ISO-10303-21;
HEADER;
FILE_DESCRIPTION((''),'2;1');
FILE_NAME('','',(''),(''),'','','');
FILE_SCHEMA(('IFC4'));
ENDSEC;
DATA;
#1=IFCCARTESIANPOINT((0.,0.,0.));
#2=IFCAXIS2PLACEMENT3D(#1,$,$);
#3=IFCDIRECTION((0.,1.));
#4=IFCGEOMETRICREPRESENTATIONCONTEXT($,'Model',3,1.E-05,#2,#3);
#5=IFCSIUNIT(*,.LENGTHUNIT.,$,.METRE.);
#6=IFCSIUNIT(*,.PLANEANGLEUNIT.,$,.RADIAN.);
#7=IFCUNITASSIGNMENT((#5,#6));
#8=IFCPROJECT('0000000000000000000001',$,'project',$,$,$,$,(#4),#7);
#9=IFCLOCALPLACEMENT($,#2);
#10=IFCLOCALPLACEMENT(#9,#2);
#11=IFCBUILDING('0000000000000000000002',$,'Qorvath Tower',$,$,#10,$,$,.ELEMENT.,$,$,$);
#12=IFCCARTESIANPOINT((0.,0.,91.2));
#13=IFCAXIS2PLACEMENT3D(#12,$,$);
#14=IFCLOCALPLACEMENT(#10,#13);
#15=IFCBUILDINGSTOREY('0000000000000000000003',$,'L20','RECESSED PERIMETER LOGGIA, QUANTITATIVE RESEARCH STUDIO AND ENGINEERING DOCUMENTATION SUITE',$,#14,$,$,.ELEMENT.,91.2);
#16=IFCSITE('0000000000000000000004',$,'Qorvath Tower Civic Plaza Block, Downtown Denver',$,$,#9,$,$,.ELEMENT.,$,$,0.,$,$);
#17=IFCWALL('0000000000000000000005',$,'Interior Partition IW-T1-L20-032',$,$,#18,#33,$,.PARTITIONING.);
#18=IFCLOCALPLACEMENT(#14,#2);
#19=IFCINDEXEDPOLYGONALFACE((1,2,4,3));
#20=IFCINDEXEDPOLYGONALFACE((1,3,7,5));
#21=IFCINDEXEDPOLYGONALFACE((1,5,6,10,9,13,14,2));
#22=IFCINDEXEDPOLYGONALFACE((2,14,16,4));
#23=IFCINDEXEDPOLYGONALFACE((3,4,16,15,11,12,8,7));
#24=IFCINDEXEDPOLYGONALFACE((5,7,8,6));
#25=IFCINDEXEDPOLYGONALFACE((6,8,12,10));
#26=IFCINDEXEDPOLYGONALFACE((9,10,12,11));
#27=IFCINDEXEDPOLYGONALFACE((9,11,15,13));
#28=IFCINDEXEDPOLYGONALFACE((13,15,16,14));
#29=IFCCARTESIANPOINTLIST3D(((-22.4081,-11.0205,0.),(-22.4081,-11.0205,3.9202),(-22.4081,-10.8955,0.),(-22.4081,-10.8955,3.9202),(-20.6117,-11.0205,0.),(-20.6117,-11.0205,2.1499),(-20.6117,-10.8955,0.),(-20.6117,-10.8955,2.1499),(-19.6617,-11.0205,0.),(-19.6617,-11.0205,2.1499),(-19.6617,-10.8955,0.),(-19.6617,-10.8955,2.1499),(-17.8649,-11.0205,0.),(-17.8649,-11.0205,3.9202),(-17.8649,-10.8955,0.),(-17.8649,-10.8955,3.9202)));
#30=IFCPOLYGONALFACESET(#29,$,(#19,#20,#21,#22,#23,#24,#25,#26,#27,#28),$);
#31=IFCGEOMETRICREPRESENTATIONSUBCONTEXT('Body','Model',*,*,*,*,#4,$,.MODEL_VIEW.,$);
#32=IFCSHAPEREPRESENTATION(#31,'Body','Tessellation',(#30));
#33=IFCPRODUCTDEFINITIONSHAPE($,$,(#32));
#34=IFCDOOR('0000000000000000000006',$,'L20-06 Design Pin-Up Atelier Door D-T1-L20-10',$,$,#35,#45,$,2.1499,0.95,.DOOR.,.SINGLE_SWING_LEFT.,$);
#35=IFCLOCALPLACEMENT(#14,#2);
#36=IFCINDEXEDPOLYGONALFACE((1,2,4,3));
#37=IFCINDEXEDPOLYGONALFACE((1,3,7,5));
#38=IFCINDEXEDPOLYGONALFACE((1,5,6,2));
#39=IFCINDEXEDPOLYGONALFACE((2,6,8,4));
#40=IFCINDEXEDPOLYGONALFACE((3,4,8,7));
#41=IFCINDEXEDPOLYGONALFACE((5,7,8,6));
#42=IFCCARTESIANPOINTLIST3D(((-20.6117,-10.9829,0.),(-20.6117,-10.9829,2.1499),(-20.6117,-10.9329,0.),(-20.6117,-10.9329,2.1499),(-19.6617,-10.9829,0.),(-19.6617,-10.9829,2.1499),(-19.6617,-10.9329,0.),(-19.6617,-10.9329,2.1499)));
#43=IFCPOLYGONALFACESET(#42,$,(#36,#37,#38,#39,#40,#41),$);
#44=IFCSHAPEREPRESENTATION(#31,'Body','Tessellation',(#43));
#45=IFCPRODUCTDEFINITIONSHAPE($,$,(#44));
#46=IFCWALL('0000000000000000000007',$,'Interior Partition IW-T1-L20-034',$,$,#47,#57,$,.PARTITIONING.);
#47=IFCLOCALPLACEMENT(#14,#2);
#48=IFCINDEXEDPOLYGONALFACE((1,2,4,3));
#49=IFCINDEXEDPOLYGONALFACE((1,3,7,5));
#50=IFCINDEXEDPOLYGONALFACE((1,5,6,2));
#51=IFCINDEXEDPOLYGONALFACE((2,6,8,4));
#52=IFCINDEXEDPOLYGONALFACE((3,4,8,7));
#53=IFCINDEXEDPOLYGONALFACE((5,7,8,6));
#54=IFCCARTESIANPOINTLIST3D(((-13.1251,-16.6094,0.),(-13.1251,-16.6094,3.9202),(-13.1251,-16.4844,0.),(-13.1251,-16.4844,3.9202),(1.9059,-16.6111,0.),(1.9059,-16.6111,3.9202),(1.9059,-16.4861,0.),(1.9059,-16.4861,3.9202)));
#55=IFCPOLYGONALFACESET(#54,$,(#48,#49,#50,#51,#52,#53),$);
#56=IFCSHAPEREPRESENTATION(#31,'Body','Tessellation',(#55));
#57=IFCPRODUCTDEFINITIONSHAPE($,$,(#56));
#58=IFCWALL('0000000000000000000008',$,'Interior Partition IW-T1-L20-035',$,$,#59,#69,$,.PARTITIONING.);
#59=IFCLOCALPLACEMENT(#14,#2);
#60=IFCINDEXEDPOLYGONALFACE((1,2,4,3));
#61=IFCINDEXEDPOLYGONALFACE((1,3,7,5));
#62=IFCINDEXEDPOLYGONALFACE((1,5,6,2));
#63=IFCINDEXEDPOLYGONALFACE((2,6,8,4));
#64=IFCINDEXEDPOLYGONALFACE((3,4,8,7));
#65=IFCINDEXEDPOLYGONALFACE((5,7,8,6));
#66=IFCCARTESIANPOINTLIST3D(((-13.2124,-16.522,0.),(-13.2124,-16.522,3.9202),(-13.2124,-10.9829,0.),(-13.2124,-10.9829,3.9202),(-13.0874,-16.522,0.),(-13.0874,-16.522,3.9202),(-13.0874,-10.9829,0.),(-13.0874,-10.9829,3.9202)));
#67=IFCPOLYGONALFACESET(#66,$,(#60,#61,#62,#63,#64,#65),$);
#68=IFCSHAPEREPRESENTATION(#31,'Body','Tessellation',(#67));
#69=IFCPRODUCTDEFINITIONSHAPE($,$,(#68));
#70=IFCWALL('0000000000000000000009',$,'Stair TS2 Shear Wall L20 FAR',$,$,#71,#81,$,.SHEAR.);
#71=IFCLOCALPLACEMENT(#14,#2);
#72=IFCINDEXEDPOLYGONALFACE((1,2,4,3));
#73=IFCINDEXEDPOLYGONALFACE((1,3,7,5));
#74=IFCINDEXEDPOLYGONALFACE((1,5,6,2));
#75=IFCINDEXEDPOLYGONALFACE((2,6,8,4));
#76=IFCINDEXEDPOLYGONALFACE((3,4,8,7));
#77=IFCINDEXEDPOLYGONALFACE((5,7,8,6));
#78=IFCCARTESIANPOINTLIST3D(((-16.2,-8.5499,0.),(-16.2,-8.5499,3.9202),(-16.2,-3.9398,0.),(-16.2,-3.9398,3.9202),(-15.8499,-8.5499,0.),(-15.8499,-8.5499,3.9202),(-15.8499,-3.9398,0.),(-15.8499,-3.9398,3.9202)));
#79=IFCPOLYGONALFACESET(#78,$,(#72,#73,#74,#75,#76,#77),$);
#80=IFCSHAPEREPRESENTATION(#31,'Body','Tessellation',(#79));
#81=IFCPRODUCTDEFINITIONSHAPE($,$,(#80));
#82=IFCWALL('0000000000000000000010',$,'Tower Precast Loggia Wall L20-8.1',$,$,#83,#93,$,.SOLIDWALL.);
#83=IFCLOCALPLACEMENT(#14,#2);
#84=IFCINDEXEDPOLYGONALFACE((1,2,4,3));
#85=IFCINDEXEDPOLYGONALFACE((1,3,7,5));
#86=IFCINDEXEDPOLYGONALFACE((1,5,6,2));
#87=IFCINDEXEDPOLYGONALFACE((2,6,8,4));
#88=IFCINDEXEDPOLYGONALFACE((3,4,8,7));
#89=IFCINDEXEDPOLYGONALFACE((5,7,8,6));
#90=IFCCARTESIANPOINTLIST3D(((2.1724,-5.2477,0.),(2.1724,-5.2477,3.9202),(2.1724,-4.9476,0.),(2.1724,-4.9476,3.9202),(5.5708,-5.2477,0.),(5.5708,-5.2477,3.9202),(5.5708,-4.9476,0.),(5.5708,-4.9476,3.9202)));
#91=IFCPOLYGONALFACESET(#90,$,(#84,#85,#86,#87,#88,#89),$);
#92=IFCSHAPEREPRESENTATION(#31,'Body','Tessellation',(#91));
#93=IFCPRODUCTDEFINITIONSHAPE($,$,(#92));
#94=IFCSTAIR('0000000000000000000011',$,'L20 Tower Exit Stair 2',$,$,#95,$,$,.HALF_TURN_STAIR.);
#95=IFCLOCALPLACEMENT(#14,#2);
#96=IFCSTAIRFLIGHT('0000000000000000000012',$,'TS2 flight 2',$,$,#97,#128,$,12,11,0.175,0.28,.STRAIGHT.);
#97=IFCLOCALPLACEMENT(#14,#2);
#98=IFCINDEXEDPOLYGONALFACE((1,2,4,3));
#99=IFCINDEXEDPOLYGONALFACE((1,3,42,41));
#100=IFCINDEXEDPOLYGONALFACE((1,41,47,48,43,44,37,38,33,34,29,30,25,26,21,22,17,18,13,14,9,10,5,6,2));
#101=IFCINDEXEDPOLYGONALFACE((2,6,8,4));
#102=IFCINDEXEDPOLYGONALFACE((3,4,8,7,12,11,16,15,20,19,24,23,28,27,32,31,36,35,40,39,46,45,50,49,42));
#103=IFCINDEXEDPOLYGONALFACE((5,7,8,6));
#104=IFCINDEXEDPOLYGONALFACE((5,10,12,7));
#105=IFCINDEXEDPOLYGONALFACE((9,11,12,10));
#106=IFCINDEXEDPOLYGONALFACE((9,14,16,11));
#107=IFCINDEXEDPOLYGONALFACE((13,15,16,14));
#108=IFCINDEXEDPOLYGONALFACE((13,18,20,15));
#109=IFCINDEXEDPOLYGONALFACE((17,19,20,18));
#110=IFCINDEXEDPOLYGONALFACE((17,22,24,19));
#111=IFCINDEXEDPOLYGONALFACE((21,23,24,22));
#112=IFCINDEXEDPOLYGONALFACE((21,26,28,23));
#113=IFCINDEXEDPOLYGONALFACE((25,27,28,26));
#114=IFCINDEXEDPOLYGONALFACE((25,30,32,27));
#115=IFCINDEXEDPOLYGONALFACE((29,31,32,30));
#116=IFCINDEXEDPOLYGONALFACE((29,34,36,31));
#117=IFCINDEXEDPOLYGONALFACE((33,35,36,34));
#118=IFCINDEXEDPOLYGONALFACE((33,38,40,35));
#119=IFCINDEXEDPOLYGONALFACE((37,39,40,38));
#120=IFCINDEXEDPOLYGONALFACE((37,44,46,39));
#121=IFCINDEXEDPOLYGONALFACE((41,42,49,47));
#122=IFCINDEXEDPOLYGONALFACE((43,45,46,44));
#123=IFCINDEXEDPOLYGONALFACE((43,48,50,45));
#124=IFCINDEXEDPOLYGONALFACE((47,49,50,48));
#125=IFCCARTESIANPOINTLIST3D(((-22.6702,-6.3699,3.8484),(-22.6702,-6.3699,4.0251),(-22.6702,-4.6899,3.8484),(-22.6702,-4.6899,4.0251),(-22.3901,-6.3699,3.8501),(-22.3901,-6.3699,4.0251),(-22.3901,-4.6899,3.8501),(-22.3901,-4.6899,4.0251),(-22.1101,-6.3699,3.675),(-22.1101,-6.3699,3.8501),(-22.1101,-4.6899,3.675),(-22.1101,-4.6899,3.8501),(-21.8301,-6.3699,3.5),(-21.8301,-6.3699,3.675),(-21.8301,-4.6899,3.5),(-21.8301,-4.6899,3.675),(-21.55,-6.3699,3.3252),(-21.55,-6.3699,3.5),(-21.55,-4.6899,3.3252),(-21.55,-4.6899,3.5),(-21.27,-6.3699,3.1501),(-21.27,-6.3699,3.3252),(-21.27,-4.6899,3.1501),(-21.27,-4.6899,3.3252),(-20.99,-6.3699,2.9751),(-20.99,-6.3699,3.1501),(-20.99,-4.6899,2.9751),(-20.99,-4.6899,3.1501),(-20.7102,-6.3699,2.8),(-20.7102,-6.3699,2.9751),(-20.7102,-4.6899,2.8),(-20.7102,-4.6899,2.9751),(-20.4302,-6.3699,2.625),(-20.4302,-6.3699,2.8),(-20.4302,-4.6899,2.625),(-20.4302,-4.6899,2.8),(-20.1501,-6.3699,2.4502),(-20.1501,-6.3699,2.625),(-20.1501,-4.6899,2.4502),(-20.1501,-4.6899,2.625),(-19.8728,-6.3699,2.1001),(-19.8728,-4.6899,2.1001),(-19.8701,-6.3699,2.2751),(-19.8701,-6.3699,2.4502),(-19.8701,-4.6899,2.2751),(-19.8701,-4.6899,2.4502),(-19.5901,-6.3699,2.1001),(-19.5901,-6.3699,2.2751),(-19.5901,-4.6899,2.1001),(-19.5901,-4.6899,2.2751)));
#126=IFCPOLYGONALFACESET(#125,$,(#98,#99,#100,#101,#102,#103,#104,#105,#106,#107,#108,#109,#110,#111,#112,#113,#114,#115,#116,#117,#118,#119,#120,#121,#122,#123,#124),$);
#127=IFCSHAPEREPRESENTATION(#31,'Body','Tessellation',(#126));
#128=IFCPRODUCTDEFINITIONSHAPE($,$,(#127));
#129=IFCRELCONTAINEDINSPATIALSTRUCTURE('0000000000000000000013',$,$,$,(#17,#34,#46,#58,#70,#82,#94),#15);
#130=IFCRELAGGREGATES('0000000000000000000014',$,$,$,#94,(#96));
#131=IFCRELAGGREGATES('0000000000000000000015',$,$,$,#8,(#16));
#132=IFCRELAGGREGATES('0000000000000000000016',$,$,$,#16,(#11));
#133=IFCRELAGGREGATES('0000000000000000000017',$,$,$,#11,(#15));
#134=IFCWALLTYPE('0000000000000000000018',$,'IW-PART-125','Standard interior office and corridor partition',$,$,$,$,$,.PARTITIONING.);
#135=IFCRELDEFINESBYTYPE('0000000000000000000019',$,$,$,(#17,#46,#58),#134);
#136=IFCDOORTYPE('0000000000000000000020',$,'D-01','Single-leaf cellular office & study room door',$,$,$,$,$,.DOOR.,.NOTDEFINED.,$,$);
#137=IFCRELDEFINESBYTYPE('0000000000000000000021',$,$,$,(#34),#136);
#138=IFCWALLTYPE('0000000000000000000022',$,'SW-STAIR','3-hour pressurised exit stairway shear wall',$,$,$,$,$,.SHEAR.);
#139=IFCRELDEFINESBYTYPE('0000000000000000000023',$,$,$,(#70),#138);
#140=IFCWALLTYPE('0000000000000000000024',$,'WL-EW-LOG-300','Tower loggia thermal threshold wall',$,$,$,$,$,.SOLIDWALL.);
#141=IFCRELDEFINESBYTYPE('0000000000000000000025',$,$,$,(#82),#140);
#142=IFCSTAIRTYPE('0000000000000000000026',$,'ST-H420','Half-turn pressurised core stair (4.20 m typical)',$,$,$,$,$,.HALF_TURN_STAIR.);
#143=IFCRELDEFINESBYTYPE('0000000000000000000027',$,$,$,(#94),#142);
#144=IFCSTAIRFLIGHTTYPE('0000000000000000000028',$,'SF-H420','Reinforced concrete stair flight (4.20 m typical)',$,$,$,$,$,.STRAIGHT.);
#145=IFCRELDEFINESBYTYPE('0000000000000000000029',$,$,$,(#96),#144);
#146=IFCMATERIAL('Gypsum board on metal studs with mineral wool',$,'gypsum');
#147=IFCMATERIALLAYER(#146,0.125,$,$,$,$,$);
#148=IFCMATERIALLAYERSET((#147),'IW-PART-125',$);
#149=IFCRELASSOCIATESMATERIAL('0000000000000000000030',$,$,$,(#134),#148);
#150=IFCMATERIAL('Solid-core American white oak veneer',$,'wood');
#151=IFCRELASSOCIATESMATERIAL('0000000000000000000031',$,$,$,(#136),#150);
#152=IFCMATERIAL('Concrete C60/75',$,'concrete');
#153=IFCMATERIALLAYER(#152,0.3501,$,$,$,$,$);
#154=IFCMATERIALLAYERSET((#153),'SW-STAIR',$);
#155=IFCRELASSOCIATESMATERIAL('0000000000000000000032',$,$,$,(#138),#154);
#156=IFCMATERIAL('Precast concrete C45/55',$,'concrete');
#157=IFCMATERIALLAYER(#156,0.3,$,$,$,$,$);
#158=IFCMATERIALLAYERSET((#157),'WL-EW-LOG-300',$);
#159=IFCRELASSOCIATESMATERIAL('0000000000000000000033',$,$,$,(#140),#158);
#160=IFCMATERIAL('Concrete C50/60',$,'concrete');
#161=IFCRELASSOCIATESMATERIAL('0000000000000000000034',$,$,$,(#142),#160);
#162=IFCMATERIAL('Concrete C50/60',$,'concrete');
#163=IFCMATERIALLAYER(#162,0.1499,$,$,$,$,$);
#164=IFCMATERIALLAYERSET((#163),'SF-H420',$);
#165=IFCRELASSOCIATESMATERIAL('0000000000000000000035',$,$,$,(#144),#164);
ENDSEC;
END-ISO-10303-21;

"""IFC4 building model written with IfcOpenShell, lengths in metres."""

from ifc_helpers import new_model, si_unit, direction, frame, frame_2d, origin, place, context, subcontext, project, spatial, polyline, rectangle, outline, extrude, material, layer, layer_set, type_object, element, fill, aggregate, save


model = new_model("IFC4")

# Units and contexts
model_context = context("Model", 3, precision=1e-05, world=origin(), true_north=direction((0.0, 1.0)))
body_context = subcontext(model_context, "Body", "Model", "MODEL_VIEW")
ifc_project = project(units=[si_unit("LENGTHUNIT", "METRE"), si_unit("PLANEANGLEUNIT", "RADIAN")], contexts=[model_context])

# Site, building, storey
site_placement = place(None, origin())
site = spatial("IfcSite", under=ifc_project, at=site_placement, Name="Qorvath Tower Civic Plaza Block, Downtown Denver", CompositionType="ELEMENT", RefElevation=0.0)
building_placement = place(site_placement, origin())
building = spatial("IfcBuilding", under=site, at=building_placement, Name="Qorvath Tower", CompositionType="ELEMENT")
storey_placement = place(building_placement, frame((0.0, 0.0, 91.2)))
storey = spatial("IfcBuildingStorey", under=building, at=storey_placement, Name="L20", Description="RECESSED PERIMETER LOGGIA, QUANTITATIVE RESEARCH STUDIO AND ENGINEERING DOCUMENTATION SUITE", CompositionType="ELEMENT", Elevation=91.2)

# Wall, opening, door
ifc_material_1 = material(Name="Gypsum board on metal studs with mineral wool", Category="gypsum")
ifc_layer_1 = layer(ifc_material_1, 0.125)
ifc_layer_set_1 = layer_set([ifc_layer_1], Name="IW-PART-125")
wall_type_1 = type_object("IfcWallType", Name="IW-PART-125", Description="Standard interior office and corridor partition", PredefinedType="PARTITIONING", material=ifc_layer_set_1)
wall_1_placement = place(storey_placement, frame((-17.865, -10.958, 0.0), z_axis=(0.0, 0.0, 1.0), x_axis=(-1.0, 0.0, 0.0)))
wall_1 = element("IfcWall", 1, at=wall_1_placement, inside=storey, type_object=wall_type_1, Name="Interior Partition IW-T1-L20-032", PredefinedType="PARTITIONING", context=body_context, shape_type="SweptSolid", body=[
    extrude(rectangle(XDim=4.5432, YDim=0.125, at=frame_2d((2.2715, 0.0))), origin(), (0.0, 0.0, 1.0), 3.9202),
])
opening_1_placement = place(wall_1_placement, frame((1.7966, 0.0, 0.0)))
opening_1 = element("IfcOpeningElement", 2, at=opening_1_placement, cuts=wall_1, PredefinedType="OPENING", context=body_context, shape_type="SweptSolid", body=[
    extrude(rectangle(XDim=0.95, YDim=2.1499, at=frame_2d((0.4751, 1.075))), frame((0.0, 0.0725, 0.0), z_axis=(0.0, -1.0, 0.0), x_axis=(1.0, 0.0, 0.0)), (0.0, 0.0, 1.0), 0.145),
])
ifc_material_2 = material(Name="Solid-core American white oak veneer", Category="wood")
door_type = type_object("IfcDoorType", Name="D-01", Description="Single-leaf cellular office & study room door", OperationType="NOTDEFINED", PredefinedType="DOOR", material=ifc_material_2)
door_1_placement = place(opening_1_placement, origin())
door_1 = element("IfcDoor", 3, at=door_1_placement, inside=storey, type_object=door_type, Name="L20-06 Design Pin-Up Atelier Door D-T1-L20-10", OperationType="SINGLE_SWING_LEFT", OverallHeight=2.1499, OverallWidth=0.95, PredefinedType="DOOR", context=body_context, shape_type="SweptSolid", body=[
    extrude(rectangle(XDim=0.95, YDim=2.1499, at=frame_2d((0.4751, 1.075))), frame((0.0, 0.0249, 0.0), z_axis=(0.0, -1.0, 0.0), x_axis=(1.0, 0.0, 0.0)), (0.0, 0.0, 1.0), 0.05),
])
fill(opening_1, door_1)

# Walls
wall_2_placement = place(storey_placement, frame((1.906, -16.5486, 0.0), z_axis=(0.0, 0.0, 1.0), x_axis=(-1.0, 0.000114, 0.0)))
element("IfcWall", 4, at=wall_2_placement, inside=storey, type_object=wall_type_1, Name="Interior Partition IW-T1-L20-034", PredefinedType="PARTITIONING", context=body_context, shape_type="SweptSolid", body=[
    extrude(rectangle(XDim=15.031, YDim=0.125, at=frame_2d((7.5156, 0.0))), origin(), (0.0, 0.0, 1.0), 3.9202),
])
wall_3_placement = place(storey_placement, frame((-13.1499, -10.9829, 0.0), z_axis=(0.0, 0.0, 1.0), x_axis=(0.0, -1.0, 0.0)))
element("IfcWall", 5, at=wall_3_placement, inside=storey, type_object=wall_type_1, Name="Interior Partition IW-T1-L20-035", PredefinedType="PARTITIONING", context=body_context, shape_type="SweptSolid", body=[
    extrude(rectangle(XDim=5.5391, YDim=0.125, at=frame_2d((2.7695, 0.0))), origin(), (0.0, 0.0, 1.0), 3.9202),
])

# Walls
ifc_material_3 = material(Name="Concrete C60/75", Category="concrete")
ifc_layer_2 = layer(ifc_material_3, 0.3501)
ifc_layer_set_2 = layer_set([ifc_layer_2], Name="SW-STAIR")
wall_type_2 = type_object("IfcWallType", Name="SW-STAIR", Description="3-hour pressurised exit stairway shear wall", PredefinedType="SHEAR", material=ifc_layer_set_2)
wall_4_placement = place(storey_placement, frame((-16.0249, -8.55, 0.0), z_axis=(0.0, 0.0, 1.0), x_axis=(0.0, 1.0, 0.0)))
element("IfcWall", 6, at=wall_4_placement, inside=storey, type_object=wall_type_2, Name="Stair TS2 Shear Wall L20 FAR", PredefinedType="SHEAR", context=body_context, shape_type="SweptSolid", body=[
    extrude(rectangle(XDim=4.6101, YDim=0.3501, at=frame_2d((2.3052, 0.0))), origin(), (0.0, 0.0, 1.0), 3.9202),
])
ifc_material_4 = material(Name="Precast concrete C45/55", Category="concrete")
ifc_layer_3 = layer(ifc_material_4, 0.3)
ifc_layer_set_3 = layer_set([ifc_layer_3], Name="WL-EW-LOG-300")
wall_type_3 = type_object("IfcWallType", Name="WL-EW-LOG-300", Description="Tower loggia thermal threshold wall", PredefinedType="SOLIDWALL", material=ifc_layer_set_3)
wall_5_placement = place(storey_placement, frame((5.5708, -5.0977, 0.0), z_axis=(0.0, 0.0, 1.0), x_axis=(-1.0, 0.0, 0.0)))
element("IfcWall", 7, at=wall_5_placement, inside=storey, type_object=wall_type_3, Name="Tower Precast Loggia Wall L20-8.1", PredefinedType="SOLIDWALL", context=body_context, shape_type="SweptSolid", body=[
    extrude(rectangle(XDim=3.3984, YDim=0.3, at=frame_2d((1.6992, 0.0))), origin(), (0.0, 0.0, 1.0), 3.9202),
])

# Stair, stair flight
ifc_material_5 = material(Name="Concrete C50/60", Category="concrete")
stair_type = type_object("IfcStairType", Name="ST-H420", Description="Half-turn pressurised core stair (4.20 m typical)", PredefinedType="HALF_TURN_STAIR", material=ifc_material_5)
stair_placement = place(storey_placement, origin())
stair = element("IfcStair", 8, at=stair_placement, inside=storey, type_object=stair_type, Name="L20 Tower Exit Stair 2", PredefinedType="HALF_TURN_STAIR")
ifc_material_6 = material(Name="Concrete C50/60", Category="concrete")
ifc_layer_4 = layer(ifc_material_6, 0.1499)
ifc_layer_set_4 = layer_set([ifc_layer_4], Name="SF-H420")
stair_flight_type = type_object("IfcStairFlightType", Name="SF-H420", Description="Reinforced concrete stair flight (4.20 m typical)", PredefinedType="STRAIGHT", material=ifc_layer_set_4)
stair_flight_placement = place(storey_placement, frame((-19.5901, -5.53, 2.1001), z_axis=(0.0, 0.0, 1.0), x_axis=(-1.0, 0.0, 0.0)))
stair_flight = element("IfcStairFlight", 9, at=stair_flight_placement, type_object=stair_flight_type, Name="TS2 flight 2", NumberOfRisers=12, NumberOfTreads=11, PredefinedType="STRAIGHT", RiserHeight=0.175, TreadLength=0.28, context=body_context, shape_type="SweptSolid", body=[
    extrude(outline(polyline([(0.0, 0.0), (0.0, 0.175), (0.28, 0.175), (0.28, 0.3501), (0.5601, 0.3501), (0.5601, 0.5249), (0.8401, 0.5249), (0.8401, 0.7), (1.1201, 0.7), (1.1201, 0.875), (1.3999, 0.875), (1.3999, 1.05), (1.6799, 1.05), (1.6799, 1.2251), (1.96, 1.2251), (1.96, 1.3999), (2.24, 1.3999), (2.24, 1.575), (2.52, 1.575), (2.52, 1.75), (2.8, 1.75), (2.8, 1.925), (3.0801, 1.925), (3.0801, 2.1001), (3.0801, 1.7483), (0.2827, 0.0), (0.0, 0.0)])), frame((0.0, 0.8398, 0.0), z_axis=(0.0, -1.0, 0.0), x_axis=(1.0, 0.0, 0.0)), (0.0, 0.0, 1.0), 1.6799),
])
aggregate(stair, [stair_flight])

save(model, "model.ifc")
